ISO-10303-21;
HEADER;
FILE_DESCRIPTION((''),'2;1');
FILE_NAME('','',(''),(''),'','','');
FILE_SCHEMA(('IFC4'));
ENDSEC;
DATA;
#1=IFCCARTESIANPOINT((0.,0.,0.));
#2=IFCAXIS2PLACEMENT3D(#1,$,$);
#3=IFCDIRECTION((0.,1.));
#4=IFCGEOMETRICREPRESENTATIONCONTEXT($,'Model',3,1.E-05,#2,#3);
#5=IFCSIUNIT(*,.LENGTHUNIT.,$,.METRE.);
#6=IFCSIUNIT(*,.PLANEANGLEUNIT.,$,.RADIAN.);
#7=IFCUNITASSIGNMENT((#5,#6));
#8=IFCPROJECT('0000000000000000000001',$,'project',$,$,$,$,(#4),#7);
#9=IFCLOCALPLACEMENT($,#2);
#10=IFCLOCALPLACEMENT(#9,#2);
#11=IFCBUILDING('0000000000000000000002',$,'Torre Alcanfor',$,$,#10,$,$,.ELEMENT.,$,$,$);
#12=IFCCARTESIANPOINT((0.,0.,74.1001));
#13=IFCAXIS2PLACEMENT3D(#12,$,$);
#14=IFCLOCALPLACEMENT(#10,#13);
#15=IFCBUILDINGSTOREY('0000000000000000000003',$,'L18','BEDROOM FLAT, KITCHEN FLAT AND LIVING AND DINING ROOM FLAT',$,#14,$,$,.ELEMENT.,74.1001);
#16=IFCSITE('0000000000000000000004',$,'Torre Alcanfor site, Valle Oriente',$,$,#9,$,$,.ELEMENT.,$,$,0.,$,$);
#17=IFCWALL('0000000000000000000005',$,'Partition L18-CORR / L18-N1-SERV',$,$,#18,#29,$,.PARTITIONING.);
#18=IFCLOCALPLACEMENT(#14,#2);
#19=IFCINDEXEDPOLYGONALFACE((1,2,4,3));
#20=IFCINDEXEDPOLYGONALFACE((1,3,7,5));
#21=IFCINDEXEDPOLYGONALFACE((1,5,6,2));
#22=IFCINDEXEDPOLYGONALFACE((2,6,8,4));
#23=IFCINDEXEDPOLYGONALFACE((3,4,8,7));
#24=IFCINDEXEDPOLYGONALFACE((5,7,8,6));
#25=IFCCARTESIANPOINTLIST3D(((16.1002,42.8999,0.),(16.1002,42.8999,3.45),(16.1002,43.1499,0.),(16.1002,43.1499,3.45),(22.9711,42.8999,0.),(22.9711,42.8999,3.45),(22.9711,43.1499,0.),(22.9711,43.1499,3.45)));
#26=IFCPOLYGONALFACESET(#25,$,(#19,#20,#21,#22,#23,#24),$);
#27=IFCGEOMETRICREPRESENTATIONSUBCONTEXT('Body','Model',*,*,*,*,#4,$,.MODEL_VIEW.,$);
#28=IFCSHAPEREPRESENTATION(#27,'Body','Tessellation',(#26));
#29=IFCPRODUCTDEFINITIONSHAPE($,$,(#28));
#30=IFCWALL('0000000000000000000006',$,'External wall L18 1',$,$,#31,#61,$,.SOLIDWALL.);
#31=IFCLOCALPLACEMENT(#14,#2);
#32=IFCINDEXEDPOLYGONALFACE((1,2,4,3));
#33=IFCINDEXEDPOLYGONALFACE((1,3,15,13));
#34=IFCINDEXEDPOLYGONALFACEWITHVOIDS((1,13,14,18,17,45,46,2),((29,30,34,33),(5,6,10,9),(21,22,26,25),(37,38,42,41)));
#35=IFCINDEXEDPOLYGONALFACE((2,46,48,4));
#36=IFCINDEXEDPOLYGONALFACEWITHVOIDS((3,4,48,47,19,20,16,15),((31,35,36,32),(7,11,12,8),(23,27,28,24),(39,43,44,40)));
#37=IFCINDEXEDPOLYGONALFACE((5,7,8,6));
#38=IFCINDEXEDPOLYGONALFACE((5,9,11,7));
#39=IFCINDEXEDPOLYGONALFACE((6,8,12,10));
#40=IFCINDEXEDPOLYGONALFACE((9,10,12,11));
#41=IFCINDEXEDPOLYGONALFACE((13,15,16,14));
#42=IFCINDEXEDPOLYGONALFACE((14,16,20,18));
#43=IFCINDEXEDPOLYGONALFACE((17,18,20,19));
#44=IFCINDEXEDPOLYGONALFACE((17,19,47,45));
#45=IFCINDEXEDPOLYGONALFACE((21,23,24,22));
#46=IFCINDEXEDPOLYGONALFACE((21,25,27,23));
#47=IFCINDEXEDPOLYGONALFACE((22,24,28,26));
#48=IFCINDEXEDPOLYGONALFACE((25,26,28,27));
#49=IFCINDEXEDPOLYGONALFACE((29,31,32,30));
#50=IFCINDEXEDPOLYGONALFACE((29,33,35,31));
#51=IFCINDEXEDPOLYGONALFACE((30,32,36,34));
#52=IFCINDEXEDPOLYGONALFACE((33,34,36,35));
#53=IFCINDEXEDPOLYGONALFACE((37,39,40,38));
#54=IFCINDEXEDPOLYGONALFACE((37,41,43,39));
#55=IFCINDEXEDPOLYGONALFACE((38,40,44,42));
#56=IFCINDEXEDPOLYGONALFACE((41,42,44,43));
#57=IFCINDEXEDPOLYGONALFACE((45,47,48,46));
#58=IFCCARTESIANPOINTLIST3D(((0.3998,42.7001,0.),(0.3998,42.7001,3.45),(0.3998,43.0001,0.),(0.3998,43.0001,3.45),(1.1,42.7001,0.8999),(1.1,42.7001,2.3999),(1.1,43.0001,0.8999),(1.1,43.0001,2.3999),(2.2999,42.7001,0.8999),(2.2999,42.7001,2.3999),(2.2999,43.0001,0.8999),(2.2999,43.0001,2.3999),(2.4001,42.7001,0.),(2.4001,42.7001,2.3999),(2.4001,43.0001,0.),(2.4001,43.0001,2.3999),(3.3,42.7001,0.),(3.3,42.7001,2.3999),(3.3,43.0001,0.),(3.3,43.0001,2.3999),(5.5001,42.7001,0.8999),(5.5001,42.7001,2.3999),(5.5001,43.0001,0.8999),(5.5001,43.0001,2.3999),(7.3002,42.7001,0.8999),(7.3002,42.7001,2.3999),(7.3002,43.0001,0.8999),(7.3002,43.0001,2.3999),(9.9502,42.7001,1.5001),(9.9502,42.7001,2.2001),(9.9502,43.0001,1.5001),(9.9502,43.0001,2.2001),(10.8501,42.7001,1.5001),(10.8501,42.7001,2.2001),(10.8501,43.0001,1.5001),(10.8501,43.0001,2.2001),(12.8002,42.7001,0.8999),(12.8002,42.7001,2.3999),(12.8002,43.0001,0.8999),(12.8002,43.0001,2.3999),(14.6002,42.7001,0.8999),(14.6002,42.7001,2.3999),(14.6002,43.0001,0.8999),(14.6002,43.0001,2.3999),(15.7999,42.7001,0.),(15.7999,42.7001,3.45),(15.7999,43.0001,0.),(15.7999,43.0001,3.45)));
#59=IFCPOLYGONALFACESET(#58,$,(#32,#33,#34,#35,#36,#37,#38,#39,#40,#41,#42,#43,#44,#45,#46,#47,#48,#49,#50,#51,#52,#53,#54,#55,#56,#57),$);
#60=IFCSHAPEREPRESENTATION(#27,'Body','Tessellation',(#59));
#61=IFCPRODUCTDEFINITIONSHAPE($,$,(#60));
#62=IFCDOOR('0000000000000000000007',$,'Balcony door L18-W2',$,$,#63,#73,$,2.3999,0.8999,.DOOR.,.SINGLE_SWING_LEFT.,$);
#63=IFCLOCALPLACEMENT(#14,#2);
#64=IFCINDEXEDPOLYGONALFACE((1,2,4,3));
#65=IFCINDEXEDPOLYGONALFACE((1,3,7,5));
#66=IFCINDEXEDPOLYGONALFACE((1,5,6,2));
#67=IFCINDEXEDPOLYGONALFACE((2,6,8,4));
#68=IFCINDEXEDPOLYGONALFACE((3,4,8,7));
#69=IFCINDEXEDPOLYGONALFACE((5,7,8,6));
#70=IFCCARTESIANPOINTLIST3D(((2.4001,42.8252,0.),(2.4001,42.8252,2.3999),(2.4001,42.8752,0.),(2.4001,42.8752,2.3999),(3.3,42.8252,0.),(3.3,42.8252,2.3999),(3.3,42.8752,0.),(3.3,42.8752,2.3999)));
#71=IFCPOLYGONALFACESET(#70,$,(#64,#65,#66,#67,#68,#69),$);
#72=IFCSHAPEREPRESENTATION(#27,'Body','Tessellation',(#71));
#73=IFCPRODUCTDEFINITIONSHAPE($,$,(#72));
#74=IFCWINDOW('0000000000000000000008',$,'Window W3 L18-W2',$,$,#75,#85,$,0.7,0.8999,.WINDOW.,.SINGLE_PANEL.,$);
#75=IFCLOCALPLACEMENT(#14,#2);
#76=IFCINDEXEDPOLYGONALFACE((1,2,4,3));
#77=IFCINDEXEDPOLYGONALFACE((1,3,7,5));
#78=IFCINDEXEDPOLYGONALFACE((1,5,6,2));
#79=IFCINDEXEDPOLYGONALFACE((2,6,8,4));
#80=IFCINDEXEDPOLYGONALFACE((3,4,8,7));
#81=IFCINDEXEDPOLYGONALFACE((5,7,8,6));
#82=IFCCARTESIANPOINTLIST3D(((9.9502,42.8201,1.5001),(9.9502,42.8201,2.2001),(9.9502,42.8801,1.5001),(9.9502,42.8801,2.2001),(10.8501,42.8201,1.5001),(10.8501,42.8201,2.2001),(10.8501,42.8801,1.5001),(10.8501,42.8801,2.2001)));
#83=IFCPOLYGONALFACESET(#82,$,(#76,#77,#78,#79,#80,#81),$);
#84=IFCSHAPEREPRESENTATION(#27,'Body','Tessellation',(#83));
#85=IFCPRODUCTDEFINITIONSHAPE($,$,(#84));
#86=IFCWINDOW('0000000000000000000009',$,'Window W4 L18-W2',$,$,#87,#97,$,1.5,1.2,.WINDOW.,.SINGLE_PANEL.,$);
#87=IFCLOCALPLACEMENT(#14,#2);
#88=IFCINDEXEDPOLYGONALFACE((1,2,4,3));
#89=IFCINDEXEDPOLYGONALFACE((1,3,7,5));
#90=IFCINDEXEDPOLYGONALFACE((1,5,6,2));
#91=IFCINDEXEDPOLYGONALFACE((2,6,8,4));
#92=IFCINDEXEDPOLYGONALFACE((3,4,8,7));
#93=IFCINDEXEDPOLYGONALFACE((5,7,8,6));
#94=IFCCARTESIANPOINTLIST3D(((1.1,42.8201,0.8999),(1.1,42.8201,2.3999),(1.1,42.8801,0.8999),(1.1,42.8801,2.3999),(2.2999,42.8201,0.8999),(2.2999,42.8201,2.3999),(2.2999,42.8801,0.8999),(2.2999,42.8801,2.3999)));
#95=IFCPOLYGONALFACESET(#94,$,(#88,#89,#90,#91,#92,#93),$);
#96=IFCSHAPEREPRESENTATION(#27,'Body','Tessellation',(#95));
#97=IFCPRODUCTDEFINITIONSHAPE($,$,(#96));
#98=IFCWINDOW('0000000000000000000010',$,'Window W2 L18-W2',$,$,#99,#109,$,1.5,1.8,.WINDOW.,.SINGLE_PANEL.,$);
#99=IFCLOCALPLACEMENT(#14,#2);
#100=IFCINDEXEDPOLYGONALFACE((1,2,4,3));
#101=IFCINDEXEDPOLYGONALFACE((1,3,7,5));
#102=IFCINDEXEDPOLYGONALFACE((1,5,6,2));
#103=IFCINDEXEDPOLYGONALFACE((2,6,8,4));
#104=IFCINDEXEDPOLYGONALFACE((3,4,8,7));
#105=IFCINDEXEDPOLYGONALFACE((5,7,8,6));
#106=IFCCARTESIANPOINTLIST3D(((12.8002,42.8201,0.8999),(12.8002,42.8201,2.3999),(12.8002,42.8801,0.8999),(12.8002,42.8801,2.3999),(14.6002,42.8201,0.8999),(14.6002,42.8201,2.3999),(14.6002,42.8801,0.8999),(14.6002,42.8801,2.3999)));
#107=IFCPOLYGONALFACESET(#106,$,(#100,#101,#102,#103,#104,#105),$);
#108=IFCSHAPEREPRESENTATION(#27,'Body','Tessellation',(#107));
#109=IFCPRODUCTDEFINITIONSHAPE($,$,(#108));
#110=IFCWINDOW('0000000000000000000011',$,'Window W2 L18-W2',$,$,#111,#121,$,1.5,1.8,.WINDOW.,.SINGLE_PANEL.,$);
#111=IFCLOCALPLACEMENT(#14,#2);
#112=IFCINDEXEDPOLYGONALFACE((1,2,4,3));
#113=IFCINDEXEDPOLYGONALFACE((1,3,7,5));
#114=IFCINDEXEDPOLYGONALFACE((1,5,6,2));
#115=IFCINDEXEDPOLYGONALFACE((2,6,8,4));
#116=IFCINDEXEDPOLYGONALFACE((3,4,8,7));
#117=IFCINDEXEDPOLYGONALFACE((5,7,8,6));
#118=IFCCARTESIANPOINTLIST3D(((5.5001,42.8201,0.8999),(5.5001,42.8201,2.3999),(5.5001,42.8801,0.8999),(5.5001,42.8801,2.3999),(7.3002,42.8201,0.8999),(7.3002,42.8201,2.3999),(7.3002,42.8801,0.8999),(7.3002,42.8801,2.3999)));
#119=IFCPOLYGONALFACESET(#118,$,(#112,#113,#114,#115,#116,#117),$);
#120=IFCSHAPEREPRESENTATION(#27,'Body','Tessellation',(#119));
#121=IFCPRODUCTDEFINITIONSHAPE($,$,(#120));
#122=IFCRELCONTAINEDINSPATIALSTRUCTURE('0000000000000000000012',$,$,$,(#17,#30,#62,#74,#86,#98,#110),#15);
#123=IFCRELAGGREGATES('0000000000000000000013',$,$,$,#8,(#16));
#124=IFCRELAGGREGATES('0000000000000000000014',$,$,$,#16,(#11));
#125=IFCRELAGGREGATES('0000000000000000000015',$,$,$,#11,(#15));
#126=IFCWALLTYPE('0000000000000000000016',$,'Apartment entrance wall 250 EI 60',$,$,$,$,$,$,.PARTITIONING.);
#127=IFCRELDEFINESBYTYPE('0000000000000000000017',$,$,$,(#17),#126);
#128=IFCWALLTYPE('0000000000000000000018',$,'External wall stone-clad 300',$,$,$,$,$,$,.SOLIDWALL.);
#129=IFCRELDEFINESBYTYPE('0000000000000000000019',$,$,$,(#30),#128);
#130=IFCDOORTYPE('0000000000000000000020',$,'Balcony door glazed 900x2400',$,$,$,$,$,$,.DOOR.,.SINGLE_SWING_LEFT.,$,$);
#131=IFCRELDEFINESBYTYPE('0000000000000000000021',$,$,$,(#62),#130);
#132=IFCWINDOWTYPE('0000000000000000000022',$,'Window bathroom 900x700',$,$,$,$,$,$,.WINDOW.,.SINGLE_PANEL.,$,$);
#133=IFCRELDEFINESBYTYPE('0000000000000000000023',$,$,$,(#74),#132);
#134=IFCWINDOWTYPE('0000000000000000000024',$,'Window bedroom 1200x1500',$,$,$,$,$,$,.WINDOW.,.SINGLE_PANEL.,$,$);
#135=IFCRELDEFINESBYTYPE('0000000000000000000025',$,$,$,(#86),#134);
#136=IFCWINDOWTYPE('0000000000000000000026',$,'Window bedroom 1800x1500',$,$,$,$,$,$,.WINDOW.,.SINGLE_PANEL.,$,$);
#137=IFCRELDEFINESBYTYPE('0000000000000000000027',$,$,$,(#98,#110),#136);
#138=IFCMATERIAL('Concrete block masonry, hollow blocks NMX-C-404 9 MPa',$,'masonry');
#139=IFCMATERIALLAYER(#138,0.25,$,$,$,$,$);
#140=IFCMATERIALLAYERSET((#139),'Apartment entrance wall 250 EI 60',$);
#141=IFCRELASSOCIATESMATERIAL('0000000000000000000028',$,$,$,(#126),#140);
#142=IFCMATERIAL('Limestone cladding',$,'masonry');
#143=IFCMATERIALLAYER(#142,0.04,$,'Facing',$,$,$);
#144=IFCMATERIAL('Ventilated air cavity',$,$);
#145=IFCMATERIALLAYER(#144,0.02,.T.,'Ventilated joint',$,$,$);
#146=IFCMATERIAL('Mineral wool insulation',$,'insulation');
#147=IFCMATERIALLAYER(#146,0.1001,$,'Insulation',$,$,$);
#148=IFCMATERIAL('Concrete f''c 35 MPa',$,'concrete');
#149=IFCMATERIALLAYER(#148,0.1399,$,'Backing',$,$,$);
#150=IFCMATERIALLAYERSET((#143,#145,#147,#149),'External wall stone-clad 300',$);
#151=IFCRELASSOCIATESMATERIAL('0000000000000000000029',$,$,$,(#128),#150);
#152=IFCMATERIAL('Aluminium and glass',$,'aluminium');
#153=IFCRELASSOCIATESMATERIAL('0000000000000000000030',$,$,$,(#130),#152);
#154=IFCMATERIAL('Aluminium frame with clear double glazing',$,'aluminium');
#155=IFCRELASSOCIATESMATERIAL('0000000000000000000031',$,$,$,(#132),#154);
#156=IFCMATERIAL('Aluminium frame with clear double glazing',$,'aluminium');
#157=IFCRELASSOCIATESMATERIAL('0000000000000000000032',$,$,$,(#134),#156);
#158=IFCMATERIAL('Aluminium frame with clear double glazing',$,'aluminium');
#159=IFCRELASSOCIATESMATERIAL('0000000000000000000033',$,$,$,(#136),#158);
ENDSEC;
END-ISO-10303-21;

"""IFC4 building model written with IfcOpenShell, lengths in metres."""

from ifc_helpers import new_model, si_unit, direction, frame, frame_2d, origin, place, context, subcontext, project, spatial, rectangle, extrude, material, layer, layer_set, type_object, element, fill, save


model = new_model("IFC4")

# Units and contexts
model_context = context("Model", 3, precision=1e-05, world=origin(), true_north=direction((0.0, 1.0)))
body_context = subcontext(model_context, "Body", "Model", "MODEL_VIEW")
ifc_project = project(units=[si_unit("LENGTHUNIT", "METRE"), si_unit("PLANEANGLEUNIT", "RADIAN")], contexts=[model_context])

# Site, building, storey
site_placement = place(None, origin())
site = spatial("IfcSite", under=ifc_project, at=site_placement, Name="Torre Alcanfor site, Valle Oriente", CompositionType="ELEMENT", RefElevation=0.0)
building_placement = place(site_placement, origin())
building = spatial("IfcBuilding", under=site, at=building_placement, Name="Torre Alcanfor", CompositionType="ELEMENT")
storey_placement = place(building_placement, frame((0.0, 0.0, 74.1001)))
storey = spatial("IfcBuildingStorey", under=building, at=storey_placement, Name="L18", Description="BEDROOM FLAT, KITCHEN FLAT AND LIVING AND DINING ROOM FLAT", CompositionType="ELEMENT", Elevation=74.1001)

# Wall
ifc_material_1 = material(Name="Concrete block masonry, hollow blocks NMX-C-404 9 MPa", Category="masonry")
ifc_layer_1 = layer(ifc_material_1, 0.25)
ifc_layer_set_1 = layer_set([ifc_layer_1], Name="Apartment entrance wall 250 EI 60")
wall_type_1 = type_object("IfcWallType", Name="Apartment entrance wall 250 EI 60", PredefinedType="PARTITIONING", material=ifc_layer_set_1)
wall_1_placement = place(storey_placement, frame((16.1001, 43.0249, 0.0), z_axis=(0.0, 0.0, 1.0), x_axis=(1.0, 0.0, 0.0)))
element("IfcWall", 1, at=wall_1_placement, inside=storey, type_object=wall_type_1, Name="Partition L18-CORR / L18-N1-SERV", PredefinedType="PARTITIONING", context=body_context, shape_type="SweptSolid", body=[
    extrude(rectangle(XDim=6.8708, YDim=0.25, at=frame_2d((3.4355, 0.0))), origin(), (0.0, 0.0, 1.0), 3.45),
])

# Wall, openings, door, windows
ifc_material_2 = material(Name="Limestone cladding", Category="masonry")
ifc_layer_2 = layer(ifc_material_2, 0.04, Name="Facing")
ifc_material_3 = material(Name="Ventilated air cavity")
ifc_layer_3 = layer(ifc_material_3, 0.02, ventilated=True, Name="Ventilated joint")
ifc_material_4 = material(Name="Mineral wool insulation", Category="insulation")
ifc_layer_4 = layer(ifc_material_4, 0.1001, Name="Insulation")
ifc_material_5 = material(Name="Concrete f'c 35 MPa", Category="concrete")
ifc_layer_5 = layer(ifc_material_5, 0.1399, Name="Backing")
ifc_layer_set_2 = layer_set([ifc_layer_2, ifc_layer_3, ifc_layer_4, ifc_layer_5], Name="External wall stone-clad 300")
wall_type_2 = type_object("IfcWallType", Name="External wall stone-clad 300", PredefinedType="SOLIDWALL", material=ifc_layer_set_2)
wall_2_placement = place(storey_placement, frame((15.8, 42.8501, 0.0), z_axis=(0.0, 0.0, 1.0), x_axis=(-1.0, 0.0, 0.0)))
wall_2 = element("IfcWall", 2, at=wall_2_placement, inside=storey, type_object=wall_type_2, Name="External wall L18 1", PredefinedType="SOLIDWALL", context=body_context, shape_type="SweptSolid", body=[
    extrude(rectangle(XDim=15.4001, YDim=0.3, at=frame_2d((7.7002, 0.0))), origin(), (0.0, 0.0, 1.0), 3.45),
])
opening_1_placement = place(wall_2_placement, frame((1.2, 0.0, 0.8999)))
opening_1 = element("IfcOpeningElement", 3, at=opening_1_placement, cuts=wall_2, PredefinedType="OPENING", context=body_context, shape_type="SweptSolid", body=[
    extrude(rectangle(XDim=1.8, YDim=1.5, at=frame_2d((0.8999, 0.75))), frame((0.0, 0.1599, 0.0), z_axis=(0.0, -1.0, 0.0), x_axis=(1.0, 0.0, 0.0)), (0.0, 0.0, 1.0), 0.3201),
])
opening_2_placement = place(wall_2_placement, frame((4.95, 0.0, 1.5)))
opening_2 = element("IfcOpeningElement", 4, at=opening_2_placement, cuts=wall_2, PredefinedType="OPENING", context=body_context, shape_type="SweptSolid", body=[
    extrude(rectangle(XDim=0.8999, YDim=0.7, at=frame_2d((0.45, 0.3501))), frame((0.0, 0.1599, 0.0), z_axis=(0.0, -1.0, 0.0), x_axis=(1.0, 0.0, 0.0)), (0.0, 0.0, 1.0), 0.3201),
])
opening_3_placement = place(wall_2_placement, frame((8.5, 0.0, 0.8999)))
opening_3 = element("IfcOpeningElement", 5, at=opening_3_placement, cuts=wall_2, PredefinedType="OPENING", context=body_context, shape_type="SweptSolid", body=[
    extrude(rectangle(XDim=1.8, YDim=1.5, at=frame_2d((0.8999, 0.75))), frame((0.0, 0.1599, 0.0), z_axis=(0.0, -1.0, 0.0), x_axis=(1.0, 0.0, 0.0)), (0.0, 0.0, 1.0), 0.3201),
])
opening_4_placement = place(wall_2_placement, frame((12.5, 0.0, 0.0)))
opening_4 = element("IfcOpeningElement", 6, at=opening_4_placement, cuts=wall_2, PredefinedType="OPENING", context=body_context, shape_type="SweptSolid", body=[
    extrude(rectangle(XDim=0.8999, YDim=2.3999, at=frame_2d((0.45, 1.2))), frame((0.0, 0.1599, 0.0), z_axis=(0.0, -1.0, 0.0), x_axis=(1.0, 0.0, 0.0)), (0.0, 0.0, 1.0), 0.3201),
])
opening_5_placement = place(wall_2_placement, frame((13.5, 0.0, 0.8999)))
opening_5 = element("IfcOpeningElement", 7, at=opening_5_placement, cuts=wall_2, PredefinedType="OPENING", context=body_context, shape_type="SweptSolid", body=[
    extrude(rectangle(XDim=1.2, YDim=1.5, at=frame_2d((0.6001, 0.75))), frame((0.0, 0.1599, 0.0), z_axis=(0.0, -1.0, 0.0), x_axis=(1.0, 0.0, 0.0)), (0.0, 0.0, 1.0), 0.3201),
])
ifc_material_6 = material(Name="Aluminium and glass", Category="aluminium")
door_type = type_object("IfcDoorType", Name="Balcony door glazed 900x2400", OperationType="SINGLE_SWING_LEFT", PredefinedType="DOOR", material=ifc_material_6)
door_1_placement = place(opening_4_placement, origin())
door_1 = element("IfcDoor", 8, at=door_1_placement, inside=storey, type_object=door_type, Name="Balcony door L18-W2", OperationType="SINGLE_SWING_LEFT", OverallHeight=2.3999, OverallWidth=0.8999, PredefinedType="DOOR", context=body_context, shape_type="SweptSolid", body=[
    extrude(rectangle(XDim=0.8999, YDim=2.3999, at=frame_2d((0.45, 1.2))), frame((0.0, 0.0249, 0.0), z_axis=(0.0, -1.0, 0.0), x_axis=(1.0, 0.0, 0.0)), (0.0, 0.0, 1.0), 0.05),
])
fill(opening_4, door_1)
ifc_material_7 = material(Name="Aluminium frame with clear double glazing", Category="aluminium")
window_type_1 = type_object("IfcWindowType", Name="Window bathroom 900x700", PartitioningType="SINGLE_PANEL", PredefinedType="WINDOW", material=ifc_material_7)
window_1_placement = place(opening_2_placement, origin())
window_1 = element("IfcWindow", 9, at=window_1_placement, inside=storey, type_object=window_type_1, Name="Window W3 L18-W2", OverallHeight=0.7, OverallWidth=0.8999, PartitioningType="SINGLE_PANEL", PredefinedType="WINDOW", context=body_context, shape_type="SweptSolid", body=[
    extrude(rectangle(XDim=0.8999, YDim=0.7, at=frame_2d((0.45, 0.3501))), frame((0.0, 0.03, 0.0), z_axis=(0.0, -1.0, 0.0), x_axis=(1.0, 0.0, 0.0)), (0.0, 0.0, 1.0), 0.0601),
])
fill(opening_2, window_1)
ifc_material_8 = material(Name="Aluminium frame with clear double glazing", Category="aluminium")
window_type_2 = type_object("IfcWindowType", Name="Window bedroom 1200x1500", PartitioningType="SINGLE_PANEL", PredefinedType="WINDOW", material=ifc_material_8)
window_2_placement = place(opening_5_placement, origin())
window_2 = element("IfcWindow", 10, at=window_2_placement, inside=storey, type_object=window_type_2, Name="Window W4 L18-W2", OverallHeight=1.5, OverallWidth=1.2, PartitioningType="SINGLE_PANEL", PredefinedType="WINDOW", context=body_context, shape_type="SweptSolid", body=[
    extrude(rectangle(XDim=1.2, YDim=1.5, at=frame_2d((0.6001, 0.75))), frame((0.0, 0.03, 0.0), z_axis=(0.0, -1.0, 0.0), x_axis=(1.0, 0.0, 0.0)), (0.0, 0.0, 1.0), 0.0601),
])
fill(opening_5, window_2)
ifc_material_9 = material(Name="Aluminium frame with clear double glazing", Category="aluminium")
window_type_3 = type_object("IfcWindowType", Name="Window bedroom 1800x1500", PartitioningType="SINGLE_PANEL", PredefinedType="WINDOW", material=ifc_material_9)
window_3_placement = place(opening_1_placement, origin())
window_3 = element("IfcWindow", 11, at=window_3_placement, inside=storey, type_object=window_type_3, Name="Window W2 L18-W2", OverallHeight=1.5, OverallWidth=1.8, PartitioningType="SINGLE_PANEL", PredefinedType="WINDOW", context=body_context, shape_type="SweptSolid", body=[
    extrude(rectangle(XDim=1.8, YDim=1.5, at=frame_2d((0.8999, 0.75))), frame((0.0, 0.03, 0.0), z_axis=(0.0, -1.0, 0.0), x_axis=(1.0, 0.0, 0.0)), (0.0, 0.0, 1.0), 0.0601),
])
fill(opening_1, window_3)
window_4_placement = place(opening_3_placement, origin())
window_4 = element("IfcWindow", 12, at=window_4_placement, inside=storey, type_object=window_type_3, Name="Window W2 L18-W2", OverallHeight=1.5, OverallWidth=1.8, PartitioningType="SINGLE_PANEL", PredefinedType="WINDOW", context=body_context, shape_type="SweptSolid", body=[
    extrude(rectangle(XDim=1.8, YDim=1.5, at=frame_2d((0.8999, 0.75))), frame((0.0, 0.03, 0.0), z_axis=(0.0, -1.0, 0.0), x_axis=(1.0, 0.0, 0.0)), (0.0, 0.0, 1.0), 0.0601),
])
fill(opening_3, window_4)

save(model, "model.ifc")
